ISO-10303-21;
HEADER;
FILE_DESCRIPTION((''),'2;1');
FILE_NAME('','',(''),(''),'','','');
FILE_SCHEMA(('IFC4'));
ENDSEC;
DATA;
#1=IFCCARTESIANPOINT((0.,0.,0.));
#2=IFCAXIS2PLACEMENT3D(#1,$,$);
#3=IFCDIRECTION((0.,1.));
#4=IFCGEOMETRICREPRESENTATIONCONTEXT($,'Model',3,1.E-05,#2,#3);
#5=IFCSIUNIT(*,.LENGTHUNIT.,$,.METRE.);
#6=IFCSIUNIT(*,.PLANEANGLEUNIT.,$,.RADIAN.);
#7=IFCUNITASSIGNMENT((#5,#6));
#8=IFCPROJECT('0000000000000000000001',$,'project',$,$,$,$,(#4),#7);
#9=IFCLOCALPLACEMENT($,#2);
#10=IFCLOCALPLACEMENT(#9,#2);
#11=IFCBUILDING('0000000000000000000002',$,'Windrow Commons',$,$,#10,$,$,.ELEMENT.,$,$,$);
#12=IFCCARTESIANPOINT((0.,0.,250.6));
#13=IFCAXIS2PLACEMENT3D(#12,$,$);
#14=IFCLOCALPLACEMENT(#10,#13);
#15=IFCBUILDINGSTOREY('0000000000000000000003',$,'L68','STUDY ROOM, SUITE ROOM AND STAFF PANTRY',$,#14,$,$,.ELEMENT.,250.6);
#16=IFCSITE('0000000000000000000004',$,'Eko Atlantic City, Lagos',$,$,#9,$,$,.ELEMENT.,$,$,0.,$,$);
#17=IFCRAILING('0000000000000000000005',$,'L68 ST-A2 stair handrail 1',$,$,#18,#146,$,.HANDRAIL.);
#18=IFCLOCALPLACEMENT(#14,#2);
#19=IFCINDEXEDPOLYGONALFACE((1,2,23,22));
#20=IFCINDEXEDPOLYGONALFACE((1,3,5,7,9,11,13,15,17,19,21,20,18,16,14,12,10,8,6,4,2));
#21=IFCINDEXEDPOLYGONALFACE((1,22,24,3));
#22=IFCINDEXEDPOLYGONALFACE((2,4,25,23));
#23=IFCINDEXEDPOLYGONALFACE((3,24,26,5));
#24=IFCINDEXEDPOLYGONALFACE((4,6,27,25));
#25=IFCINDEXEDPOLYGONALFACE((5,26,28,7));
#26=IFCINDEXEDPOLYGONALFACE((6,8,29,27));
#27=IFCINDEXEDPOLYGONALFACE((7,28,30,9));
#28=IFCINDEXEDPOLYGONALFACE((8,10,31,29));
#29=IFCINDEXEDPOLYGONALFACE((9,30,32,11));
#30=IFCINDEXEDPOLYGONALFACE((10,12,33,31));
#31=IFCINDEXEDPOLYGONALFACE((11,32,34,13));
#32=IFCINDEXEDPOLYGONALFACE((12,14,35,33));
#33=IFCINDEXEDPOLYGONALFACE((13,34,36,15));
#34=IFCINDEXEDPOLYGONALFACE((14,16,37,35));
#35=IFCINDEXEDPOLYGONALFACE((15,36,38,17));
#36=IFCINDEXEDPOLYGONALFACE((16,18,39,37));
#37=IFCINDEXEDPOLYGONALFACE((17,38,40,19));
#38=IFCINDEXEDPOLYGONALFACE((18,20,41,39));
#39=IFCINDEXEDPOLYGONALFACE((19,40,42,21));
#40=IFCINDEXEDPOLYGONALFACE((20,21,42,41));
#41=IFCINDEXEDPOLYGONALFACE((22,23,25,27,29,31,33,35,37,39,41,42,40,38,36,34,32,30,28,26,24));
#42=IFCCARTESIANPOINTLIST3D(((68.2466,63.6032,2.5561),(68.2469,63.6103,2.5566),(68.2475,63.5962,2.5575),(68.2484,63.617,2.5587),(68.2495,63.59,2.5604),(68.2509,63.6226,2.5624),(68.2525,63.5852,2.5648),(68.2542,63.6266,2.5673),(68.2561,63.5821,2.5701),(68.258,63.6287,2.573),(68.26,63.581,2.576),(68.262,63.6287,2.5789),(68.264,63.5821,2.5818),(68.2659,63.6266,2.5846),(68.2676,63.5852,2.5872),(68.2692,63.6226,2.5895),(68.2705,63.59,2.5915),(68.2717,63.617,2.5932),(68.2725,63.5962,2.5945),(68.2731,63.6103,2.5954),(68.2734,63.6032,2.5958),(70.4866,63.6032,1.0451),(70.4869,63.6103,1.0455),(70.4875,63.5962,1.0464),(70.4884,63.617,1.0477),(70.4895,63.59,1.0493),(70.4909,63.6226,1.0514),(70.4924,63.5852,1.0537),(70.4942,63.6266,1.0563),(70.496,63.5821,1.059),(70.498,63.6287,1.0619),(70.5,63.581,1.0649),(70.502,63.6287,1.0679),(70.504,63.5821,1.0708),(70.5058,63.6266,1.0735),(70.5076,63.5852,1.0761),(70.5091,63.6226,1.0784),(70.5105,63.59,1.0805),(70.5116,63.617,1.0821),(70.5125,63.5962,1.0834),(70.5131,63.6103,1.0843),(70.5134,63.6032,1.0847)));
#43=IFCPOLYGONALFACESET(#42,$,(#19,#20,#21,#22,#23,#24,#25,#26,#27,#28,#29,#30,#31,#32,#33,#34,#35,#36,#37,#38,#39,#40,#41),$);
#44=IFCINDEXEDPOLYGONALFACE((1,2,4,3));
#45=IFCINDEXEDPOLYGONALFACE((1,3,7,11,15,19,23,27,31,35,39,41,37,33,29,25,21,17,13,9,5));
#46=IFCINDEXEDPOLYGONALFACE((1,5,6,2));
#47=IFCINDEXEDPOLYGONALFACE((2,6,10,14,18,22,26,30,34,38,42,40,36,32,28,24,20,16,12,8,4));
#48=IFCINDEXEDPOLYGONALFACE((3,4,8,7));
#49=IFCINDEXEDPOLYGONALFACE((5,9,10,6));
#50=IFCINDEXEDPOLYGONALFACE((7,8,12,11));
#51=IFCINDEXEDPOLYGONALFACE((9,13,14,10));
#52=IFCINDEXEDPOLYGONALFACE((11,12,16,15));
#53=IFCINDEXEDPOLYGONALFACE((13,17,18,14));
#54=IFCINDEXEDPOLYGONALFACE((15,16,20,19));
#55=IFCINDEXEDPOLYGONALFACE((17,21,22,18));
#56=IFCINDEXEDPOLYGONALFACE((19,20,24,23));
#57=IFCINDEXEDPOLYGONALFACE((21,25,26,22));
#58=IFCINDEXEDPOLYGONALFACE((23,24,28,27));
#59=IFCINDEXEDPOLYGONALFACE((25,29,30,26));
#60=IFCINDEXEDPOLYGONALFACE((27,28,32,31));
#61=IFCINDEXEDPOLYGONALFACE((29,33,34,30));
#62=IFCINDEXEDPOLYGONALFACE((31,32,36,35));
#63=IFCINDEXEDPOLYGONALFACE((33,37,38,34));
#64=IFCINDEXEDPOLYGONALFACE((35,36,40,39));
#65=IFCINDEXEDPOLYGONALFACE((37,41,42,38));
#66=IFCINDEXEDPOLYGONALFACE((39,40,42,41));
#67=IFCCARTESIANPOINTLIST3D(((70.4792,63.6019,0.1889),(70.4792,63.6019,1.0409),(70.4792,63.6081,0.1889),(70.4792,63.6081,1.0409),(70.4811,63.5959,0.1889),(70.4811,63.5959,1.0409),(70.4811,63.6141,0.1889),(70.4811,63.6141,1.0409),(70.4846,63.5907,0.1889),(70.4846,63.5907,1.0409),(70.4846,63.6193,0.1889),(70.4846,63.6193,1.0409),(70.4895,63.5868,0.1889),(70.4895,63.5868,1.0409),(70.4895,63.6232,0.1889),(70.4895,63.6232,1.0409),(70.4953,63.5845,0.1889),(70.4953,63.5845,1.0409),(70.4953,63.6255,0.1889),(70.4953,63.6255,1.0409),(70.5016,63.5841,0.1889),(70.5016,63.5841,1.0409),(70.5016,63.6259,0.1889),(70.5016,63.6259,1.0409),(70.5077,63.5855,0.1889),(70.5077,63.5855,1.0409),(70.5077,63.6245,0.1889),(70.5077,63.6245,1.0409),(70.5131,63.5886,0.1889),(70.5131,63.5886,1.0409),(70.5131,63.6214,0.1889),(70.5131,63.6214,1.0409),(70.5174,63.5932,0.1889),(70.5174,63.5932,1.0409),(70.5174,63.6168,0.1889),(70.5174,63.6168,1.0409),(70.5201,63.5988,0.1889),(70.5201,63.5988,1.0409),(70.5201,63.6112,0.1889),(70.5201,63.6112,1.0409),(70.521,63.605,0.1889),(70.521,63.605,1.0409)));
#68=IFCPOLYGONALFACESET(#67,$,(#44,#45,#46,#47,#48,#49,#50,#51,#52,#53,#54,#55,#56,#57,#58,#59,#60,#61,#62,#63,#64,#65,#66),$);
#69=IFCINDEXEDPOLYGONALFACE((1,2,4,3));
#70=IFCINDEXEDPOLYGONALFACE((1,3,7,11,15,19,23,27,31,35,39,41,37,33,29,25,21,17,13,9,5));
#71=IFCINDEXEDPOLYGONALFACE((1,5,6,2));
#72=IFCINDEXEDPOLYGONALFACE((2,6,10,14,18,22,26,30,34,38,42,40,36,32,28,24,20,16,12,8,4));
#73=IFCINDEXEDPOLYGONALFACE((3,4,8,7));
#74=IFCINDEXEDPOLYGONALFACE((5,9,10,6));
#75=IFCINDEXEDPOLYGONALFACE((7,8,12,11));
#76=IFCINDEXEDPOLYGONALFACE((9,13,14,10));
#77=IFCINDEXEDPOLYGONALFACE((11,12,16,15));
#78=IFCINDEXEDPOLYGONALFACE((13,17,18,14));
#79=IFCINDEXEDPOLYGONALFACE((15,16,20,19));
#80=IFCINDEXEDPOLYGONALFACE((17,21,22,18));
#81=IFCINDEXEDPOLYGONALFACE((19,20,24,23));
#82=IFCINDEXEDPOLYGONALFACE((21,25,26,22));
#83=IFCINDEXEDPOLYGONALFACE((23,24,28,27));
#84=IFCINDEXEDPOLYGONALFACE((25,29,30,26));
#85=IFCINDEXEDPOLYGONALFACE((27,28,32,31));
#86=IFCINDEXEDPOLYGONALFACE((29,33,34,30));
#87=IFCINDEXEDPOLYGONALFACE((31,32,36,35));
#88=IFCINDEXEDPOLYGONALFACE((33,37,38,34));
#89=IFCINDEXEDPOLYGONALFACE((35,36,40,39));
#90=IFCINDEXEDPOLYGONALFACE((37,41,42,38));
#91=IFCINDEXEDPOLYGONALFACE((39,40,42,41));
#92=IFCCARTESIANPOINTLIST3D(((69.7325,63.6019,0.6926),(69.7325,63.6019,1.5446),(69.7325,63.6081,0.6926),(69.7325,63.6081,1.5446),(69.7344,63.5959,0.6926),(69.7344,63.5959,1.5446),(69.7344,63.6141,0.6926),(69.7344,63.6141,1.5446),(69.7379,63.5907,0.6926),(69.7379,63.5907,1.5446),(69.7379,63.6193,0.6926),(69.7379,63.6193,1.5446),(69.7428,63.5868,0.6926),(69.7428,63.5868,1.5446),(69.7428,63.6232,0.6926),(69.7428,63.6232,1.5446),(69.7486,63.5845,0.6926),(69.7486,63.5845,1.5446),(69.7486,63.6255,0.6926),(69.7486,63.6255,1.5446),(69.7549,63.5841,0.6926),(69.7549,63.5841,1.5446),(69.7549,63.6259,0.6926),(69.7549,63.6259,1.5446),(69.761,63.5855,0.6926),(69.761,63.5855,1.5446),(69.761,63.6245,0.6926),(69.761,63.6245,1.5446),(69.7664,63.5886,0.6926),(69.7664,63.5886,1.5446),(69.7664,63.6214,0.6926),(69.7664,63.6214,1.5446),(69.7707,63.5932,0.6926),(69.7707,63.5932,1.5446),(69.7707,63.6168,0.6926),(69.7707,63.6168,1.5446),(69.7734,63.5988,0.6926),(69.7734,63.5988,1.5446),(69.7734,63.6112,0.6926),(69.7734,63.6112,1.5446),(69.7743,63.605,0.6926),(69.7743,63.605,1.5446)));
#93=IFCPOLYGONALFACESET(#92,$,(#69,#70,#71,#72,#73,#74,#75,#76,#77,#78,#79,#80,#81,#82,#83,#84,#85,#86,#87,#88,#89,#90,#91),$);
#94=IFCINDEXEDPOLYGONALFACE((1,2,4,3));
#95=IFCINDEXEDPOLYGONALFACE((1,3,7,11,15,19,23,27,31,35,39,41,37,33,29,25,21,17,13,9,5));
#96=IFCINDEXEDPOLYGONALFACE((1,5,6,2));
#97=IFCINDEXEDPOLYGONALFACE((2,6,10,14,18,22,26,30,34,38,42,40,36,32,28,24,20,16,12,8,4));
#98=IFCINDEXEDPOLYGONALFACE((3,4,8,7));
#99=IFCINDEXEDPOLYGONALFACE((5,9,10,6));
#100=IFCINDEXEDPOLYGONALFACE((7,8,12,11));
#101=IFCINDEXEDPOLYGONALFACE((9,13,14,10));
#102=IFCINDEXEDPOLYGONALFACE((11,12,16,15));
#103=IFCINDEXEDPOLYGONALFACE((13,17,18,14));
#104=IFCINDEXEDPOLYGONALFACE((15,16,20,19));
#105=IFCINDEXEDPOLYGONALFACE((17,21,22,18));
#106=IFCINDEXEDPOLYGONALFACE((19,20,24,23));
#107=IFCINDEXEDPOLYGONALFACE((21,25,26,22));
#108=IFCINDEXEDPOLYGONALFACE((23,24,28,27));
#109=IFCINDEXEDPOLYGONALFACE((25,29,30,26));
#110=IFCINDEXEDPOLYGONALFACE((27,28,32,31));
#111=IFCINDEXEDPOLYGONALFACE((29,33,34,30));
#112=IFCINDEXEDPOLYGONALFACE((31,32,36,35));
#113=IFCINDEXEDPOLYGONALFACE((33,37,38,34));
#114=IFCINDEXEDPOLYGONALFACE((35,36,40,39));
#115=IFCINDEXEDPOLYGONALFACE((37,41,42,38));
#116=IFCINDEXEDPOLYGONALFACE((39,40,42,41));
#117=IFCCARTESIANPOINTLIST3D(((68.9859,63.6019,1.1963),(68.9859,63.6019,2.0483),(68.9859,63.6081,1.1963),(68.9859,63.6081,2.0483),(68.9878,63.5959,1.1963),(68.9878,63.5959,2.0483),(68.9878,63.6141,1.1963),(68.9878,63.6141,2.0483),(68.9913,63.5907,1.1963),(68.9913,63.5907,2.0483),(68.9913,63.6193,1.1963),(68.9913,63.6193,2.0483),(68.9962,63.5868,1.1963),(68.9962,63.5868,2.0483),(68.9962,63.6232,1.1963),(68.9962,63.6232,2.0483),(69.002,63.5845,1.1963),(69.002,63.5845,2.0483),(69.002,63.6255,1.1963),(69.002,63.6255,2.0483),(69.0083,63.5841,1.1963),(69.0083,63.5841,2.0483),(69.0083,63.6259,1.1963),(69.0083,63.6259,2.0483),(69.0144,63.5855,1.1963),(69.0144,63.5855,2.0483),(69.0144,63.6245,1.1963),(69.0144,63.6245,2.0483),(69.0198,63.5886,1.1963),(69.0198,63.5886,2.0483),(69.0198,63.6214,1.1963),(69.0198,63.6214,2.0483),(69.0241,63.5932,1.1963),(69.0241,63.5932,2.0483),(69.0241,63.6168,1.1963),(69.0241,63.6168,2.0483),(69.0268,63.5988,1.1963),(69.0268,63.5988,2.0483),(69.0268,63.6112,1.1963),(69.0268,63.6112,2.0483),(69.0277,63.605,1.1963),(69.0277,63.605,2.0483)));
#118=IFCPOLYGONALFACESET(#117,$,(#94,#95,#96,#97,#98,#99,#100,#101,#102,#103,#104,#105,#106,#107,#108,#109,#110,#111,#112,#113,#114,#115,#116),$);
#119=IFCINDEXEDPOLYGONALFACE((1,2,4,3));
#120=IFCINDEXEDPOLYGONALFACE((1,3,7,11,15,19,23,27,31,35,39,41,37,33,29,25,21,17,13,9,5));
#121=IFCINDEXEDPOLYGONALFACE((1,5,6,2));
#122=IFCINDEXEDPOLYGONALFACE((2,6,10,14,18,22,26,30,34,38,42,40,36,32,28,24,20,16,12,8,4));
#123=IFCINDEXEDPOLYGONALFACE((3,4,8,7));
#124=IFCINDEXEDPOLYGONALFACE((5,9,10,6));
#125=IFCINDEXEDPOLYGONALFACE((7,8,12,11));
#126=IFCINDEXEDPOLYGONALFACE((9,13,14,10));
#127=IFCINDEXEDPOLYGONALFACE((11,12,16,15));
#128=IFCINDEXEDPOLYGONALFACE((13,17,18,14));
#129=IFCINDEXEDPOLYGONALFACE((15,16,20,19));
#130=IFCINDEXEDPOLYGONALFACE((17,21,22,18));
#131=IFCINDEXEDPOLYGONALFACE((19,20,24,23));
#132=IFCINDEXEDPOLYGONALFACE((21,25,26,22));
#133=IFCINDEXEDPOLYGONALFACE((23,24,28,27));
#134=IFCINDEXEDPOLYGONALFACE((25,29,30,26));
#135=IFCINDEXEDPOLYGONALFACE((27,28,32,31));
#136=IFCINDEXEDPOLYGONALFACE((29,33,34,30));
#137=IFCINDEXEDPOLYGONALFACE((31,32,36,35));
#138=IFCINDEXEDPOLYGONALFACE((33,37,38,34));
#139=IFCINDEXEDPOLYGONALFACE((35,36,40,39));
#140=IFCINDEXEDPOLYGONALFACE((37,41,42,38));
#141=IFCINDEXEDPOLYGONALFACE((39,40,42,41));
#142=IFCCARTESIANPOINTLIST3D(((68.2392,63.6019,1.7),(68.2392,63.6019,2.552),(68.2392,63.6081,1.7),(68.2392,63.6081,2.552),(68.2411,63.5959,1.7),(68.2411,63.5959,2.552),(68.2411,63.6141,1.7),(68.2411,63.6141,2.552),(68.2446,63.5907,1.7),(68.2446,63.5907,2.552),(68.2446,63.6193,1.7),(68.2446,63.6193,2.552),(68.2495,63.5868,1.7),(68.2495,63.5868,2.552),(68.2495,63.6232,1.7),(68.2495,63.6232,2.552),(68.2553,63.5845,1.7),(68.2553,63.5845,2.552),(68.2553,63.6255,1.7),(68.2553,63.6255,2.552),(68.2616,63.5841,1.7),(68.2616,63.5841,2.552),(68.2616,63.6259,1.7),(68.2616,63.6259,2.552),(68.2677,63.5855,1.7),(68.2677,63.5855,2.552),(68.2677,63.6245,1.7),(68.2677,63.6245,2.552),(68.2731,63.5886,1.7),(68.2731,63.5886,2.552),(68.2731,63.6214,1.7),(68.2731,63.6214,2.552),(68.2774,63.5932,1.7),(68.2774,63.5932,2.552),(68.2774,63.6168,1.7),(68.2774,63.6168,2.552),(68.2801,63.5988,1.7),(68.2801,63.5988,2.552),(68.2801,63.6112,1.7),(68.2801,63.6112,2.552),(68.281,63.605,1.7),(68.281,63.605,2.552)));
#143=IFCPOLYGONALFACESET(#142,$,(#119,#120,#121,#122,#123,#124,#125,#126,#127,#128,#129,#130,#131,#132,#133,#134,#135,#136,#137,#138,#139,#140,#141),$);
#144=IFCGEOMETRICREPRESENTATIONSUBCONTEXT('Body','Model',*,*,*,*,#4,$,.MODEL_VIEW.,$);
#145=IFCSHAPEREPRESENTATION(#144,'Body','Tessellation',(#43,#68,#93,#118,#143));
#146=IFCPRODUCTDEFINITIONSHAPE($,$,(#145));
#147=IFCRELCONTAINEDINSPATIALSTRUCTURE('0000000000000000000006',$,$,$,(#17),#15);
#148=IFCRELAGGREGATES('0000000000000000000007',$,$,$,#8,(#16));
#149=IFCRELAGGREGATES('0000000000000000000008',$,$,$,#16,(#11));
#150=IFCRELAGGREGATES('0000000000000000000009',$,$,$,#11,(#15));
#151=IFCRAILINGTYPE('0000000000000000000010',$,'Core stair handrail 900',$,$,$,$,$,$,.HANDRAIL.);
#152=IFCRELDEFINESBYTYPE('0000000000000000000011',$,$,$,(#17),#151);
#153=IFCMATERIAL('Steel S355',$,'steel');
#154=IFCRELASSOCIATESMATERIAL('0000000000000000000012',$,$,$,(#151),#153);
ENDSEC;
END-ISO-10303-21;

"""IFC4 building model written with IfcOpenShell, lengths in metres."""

from ifc_helpers import new_model, si_unit, direction, frame, origin, origin_2d, place, context, subcontext, project, spatial, circle, extrude, material, type_object, element, save


model = new_model("IFC4")

# Units and contexts
model_context = context("Model", 3, precision=1e-05, world=origin(), true_north=direction((0.0, 1.0)))
body_context = subcontext(model_context, "Body", "Model", "MODEL_VIEW")
ifc_project = project(units=[si_unit("LENGTHUNIT", "METRE"), si_unit("PLANEANGLEUNIT", "RADIAN")], contexts=[model_context])

# Site, building, storey
site_placement = place(None, origin())
site = spatial("IfcSite", under=ifc_project, at=site_placement, Name="Eko Atlantic City, Lagos", CompositionType="ELEMENT", RefElevation=0.0)
building_placement = place(site_placement, origin())
building = spatial("IfcBuilding", under=site, at=building_placement, Name="Windrow Commons", CompositionType="ELEMENT")
storey_placement = place(building_placement, frame((0.0, 0.0, 250.6)))
storey = spatial("IfcBuildingStorey", under=building, at=storey_placement, Name="L68", Description="STUDY ROOM, SUITE ROOM AND STAFF PANTRY", CompositionType="ELEMENT", Elevation=250.6)

# Railing
ifc_material_1 = material(Name="Steel S355", Category="steel")
railing_type_1 = type_object("IfcRailingType", Name="Core stair handrail 900", PredefinedType="HANDRAIL", material=ifc_material_1)
railing_1_placement = place(storey_placement, frame((70.5, 63.605, 0.1889)))
element("IfcRailing", 1, at=railing_1_placement, inside=storey, type_object=railing_type_1, Name="L68 ST-A2 stair handrail 1", PredefinedType="HANDRAIL", context=body_context, shape_type="SweptSolid", body=[
    extrude(circle(Radius=0.024, at=origin_2d()), frame((0.0, 0.0, 0.876), z_axis=(-0.829003, 0.0, 0.559244), x_axis=(0.0, -1.0, 0.0)), (0.0, 0.0, 1.0), 2.702),
    extrude(circle(Radius=0.021, at=origin_2d()), origin(), (0.0, 0.0, 1.0), 0.852),
    extrude(circle(Radius=0.021, at=origin_2d()), frame((-0.7467, 0.0, 0.5037)), (0.0, 0.0, 1.0), 0.852),
    extrude(circle(Radius=0.021, at=origin_2d()), frame((-1.4933, 0.0, 1.0074)), (0.0, 0.0, 1.0), 0.852),
    extrude(circle(Radius=0.021, at=origin_2d()), frame((-2.24, 0.0, 1.5111)), (0.0, 0.0, 1.0), 0.852),
])

save(model, "model.ifc")
